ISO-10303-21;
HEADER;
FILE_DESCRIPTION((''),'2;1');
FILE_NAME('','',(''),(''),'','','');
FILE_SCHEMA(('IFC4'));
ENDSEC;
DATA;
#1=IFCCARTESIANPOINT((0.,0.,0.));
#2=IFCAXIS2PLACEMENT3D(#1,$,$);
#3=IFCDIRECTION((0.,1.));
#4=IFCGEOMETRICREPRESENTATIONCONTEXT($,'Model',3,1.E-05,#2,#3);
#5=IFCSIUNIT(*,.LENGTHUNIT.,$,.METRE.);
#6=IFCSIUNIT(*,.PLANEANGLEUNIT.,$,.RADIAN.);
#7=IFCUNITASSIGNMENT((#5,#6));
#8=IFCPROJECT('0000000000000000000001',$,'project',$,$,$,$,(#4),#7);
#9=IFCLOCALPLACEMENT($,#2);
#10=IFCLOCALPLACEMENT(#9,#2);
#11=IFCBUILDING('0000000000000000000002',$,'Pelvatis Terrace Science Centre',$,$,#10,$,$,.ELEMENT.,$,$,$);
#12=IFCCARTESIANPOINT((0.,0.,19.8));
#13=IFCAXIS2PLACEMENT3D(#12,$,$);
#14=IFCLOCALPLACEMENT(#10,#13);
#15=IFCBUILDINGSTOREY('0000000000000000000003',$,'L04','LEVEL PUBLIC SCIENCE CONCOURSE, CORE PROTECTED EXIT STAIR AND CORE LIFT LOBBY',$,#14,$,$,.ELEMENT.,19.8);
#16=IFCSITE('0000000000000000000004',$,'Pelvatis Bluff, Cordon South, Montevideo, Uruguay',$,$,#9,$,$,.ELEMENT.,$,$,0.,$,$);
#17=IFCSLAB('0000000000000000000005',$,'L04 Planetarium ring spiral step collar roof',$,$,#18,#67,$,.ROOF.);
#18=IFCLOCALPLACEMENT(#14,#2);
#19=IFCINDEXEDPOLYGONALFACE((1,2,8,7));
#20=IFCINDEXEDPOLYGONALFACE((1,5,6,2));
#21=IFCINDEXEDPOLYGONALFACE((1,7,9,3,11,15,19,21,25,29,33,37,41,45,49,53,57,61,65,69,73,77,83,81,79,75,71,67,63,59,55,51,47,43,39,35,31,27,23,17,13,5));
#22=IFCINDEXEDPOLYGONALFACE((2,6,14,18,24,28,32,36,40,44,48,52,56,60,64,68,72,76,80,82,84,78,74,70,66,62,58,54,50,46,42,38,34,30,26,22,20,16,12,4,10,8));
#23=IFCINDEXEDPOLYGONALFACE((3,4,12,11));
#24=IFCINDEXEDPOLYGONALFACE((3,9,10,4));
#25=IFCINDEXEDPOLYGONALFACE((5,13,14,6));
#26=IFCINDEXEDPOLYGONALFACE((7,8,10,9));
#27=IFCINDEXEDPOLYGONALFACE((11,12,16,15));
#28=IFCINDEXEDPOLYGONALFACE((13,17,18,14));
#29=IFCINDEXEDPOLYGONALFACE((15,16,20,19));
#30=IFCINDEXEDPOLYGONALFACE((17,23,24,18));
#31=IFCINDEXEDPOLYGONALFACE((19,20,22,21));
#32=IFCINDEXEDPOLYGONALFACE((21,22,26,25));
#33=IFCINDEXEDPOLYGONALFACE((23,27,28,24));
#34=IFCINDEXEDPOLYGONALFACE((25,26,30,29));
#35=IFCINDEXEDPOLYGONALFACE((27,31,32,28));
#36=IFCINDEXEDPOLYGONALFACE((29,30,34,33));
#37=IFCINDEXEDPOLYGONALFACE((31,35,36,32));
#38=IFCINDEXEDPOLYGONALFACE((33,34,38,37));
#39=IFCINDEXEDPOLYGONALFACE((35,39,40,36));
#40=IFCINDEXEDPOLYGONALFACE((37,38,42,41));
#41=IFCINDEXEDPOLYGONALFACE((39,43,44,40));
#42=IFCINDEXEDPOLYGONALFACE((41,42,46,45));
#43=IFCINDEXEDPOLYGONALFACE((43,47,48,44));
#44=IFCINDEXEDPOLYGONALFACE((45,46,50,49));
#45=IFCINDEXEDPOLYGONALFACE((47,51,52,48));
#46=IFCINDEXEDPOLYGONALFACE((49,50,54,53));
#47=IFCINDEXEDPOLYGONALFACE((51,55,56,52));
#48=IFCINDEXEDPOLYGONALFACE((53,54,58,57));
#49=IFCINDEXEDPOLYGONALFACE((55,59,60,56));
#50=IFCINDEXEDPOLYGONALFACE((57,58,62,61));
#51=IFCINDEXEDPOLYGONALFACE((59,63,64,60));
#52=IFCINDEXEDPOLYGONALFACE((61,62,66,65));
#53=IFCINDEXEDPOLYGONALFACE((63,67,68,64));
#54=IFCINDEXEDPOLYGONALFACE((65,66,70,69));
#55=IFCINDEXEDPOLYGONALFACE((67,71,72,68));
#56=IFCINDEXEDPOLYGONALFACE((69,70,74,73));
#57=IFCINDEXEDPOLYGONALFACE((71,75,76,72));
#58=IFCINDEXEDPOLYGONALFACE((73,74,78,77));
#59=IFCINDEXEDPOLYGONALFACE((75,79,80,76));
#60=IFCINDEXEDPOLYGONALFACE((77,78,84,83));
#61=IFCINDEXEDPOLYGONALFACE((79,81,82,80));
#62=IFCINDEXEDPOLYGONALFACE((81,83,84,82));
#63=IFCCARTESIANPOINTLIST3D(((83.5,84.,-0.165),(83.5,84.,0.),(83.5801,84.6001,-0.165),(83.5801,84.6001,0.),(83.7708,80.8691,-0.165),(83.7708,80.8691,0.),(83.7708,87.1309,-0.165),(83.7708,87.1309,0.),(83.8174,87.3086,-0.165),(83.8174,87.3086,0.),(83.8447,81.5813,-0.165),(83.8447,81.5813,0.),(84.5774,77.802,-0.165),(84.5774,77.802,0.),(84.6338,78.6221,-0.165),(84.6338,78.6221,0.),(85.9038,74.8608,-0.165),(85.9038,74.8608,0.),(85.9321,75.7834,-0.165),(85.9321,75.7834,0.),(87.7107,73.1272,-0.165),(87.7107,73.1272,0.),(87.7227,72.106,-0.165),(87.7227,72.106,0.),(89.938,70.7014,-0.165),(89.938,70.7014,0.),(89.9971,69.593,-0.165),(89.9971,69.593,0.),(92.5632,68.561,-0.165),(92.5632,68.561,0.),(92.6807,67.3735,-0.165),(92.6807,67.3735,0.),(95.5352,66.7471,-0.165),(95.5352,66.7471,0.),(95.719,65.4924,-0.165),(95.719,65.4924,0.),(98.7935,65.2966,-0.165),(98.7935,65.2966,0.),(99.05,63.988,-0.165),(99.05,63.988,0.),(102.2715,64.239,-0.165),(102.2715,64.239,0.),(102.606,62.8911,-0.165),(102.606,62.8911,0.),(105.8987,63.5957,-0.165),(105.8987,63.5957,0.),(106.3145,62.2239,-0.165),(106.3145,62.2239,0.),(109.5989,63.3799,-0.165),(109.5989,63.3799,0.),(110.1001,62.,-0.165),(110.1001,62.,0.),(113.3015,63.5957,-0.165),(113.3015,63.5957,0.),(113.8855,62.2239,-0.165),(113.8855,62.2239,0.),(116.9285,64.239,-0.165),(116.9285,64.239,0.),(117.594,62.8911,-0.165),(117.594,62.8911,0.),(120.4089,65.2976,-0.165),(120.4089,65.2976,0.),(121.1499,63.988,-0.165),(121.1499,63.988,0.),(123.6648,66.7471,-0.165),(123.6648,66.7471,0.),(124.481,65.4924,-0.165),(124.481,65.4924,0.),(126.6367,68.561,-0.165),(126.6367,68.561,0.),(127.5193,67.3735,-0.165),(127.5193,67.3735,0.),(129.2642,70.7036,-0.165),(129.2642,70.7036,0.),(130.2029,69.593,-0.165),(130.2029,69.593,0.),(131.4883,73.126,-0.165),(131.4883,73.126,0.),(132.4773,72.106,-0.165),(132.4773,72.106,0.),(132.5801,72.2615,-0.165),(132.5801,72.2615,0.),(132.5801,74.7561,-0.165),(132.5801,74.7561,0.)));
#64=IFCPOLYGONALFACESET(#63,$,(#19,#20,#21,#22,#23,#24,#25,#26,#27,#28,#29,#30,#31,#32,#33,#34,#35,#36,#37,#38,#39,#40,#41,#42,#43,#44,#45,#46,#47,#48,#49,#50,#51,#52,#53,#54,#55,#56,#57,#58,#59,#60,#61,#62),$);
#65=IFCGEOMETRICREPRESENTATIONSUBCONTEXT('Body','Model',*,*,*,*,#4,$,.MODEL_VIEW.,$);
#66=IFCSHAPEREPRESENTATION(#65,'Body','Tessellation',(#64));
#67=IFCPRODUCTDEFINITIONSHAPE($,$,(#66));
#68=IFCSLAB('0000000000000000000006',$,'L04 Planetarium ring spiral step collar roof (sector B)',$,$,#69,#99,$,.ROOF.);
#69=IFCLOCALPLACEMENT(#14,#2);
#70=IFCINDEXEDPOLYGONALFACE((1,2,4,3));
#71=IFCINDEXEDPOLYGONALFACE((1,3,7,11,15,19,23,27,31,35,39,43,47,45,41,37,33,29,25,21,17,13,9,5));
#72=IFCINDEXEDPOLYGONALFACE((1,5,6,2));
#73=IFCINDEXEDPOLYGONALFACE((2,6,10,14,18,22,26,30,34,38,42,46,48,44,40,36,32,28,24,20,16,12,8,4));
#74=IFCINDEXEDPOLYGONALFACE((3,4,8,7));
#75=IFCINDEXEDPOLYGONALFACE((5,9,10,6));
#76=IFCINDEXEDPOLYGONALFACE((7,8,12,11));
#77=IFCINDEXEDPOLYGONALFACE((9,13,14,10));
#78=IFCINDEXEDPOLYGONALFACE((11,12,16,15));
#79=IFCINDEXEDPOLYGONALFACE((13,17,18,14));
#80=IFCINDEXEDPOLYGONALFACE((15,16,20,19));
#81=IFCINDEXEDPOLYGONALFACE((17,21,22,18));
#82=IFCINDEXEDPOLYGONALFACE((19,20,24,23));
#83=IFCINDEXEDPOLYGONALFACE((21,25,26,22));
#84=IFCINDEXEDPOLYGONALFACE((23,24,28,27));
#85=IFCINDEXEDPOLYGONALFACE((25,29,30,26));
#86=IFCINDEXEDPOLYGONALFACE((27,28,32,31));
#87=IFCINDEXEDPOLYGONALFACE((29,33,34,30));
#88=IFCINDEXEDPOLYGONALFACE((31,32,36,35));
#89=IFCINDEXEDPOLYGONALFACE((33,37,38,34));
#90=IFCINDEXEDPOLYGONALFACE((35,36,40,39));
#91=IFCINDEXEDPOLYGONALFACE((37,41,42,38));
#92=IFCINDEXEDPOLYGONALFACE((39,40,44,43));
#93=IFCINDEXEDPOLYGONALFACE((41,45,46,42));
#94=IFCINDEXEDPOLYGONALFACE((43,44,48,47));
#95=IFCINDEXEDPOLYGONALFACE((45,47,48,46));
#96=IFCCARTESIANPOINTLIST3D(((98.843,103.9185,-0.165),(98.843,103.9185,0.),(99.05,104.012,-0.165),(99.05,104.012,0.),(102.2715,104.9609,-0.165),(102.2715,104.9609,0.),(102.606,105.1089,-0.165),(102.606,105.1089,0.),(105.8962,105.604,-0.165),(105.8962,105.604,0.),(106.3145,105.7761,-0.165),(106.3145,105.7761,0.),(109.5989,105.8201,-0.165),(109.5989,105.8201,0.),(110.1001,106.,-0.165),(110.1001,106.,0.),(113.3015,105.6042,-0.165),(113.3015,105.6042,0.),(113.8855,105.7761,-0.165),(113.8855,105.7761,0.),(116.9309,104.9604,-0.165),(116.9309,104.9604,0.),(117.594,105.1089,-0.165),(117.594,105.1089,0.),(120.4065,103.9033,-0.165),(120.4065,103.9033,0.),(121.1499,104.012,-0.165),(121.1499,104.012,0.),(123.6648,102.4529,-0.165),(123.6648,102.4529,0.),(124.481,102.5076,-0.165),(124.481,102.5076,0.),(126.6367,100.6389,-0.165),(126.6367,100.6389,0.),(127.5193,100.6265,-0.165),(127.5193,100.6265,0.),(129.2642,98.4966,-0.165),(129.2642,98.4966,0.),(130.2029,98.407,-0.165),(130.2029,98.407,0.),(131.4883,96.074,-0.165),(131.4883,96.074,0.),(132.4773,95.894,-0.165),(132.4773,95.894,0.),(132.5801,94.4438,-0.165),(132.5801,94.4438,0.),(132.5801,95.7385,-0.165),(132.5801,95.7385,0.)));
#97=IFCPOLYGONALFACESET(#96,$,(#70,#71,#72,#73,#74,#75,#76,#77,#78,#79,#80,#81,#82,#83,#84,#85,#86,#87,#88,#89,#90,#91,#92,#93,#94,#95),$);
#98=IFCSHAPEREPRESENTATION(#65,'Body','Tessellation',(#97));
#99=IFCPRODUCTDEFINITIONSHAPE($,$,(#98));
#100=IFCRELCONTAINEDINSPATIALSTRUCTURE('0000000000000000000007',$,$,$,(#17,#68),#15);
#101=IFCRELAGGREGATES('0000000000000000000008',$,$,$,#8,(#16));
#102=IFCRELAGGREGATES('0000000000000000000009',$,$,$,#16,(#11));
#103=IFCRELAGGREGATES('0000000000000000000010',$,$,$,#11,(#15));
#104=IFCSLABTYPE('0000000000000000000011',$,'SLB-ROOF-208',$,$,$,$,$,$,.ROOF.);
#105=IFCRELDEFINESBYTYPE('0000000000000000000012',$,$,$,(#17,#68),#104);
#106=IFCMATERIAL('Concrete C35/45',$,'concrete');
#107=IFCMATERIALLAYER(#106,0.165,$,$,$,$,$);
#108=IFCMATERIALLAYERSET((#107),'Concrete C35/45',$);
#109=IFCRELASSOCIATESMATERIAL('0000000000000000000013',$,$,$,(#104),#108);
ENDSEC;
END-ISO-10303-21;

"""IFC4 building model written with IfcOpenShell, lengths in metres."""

from ifc_helpers import new_model, si_unit, direction, frame, origin, place, context, subcontext, project, spatial, polyline, outline, extrude, material, layer, layer_set, type_object, element, save


model = new_model("IFC4")

# Units and contexts
model_context = context("Model", 3, precision=1e-05, world=origin(), true_north=direction((0.0, 1.0)))
body_context = subcontext(model_context, "Body", "Model", "MODEL_VIEW")
ifc_project = project(units=[si_unit("LENGTHUNIT", "METRE"), si_unit("PLANEANGLEUNIT", "RADIAN")], contexts=[model_context])

# Site, building, storey
site_placement = place(None, origin())
site = spatial("IfcSite", under=ifc_project, at=site_placement, Name="Pelvatis Bluff, Cordon South, Montevideo, Uruguay", CompositionType="ELEMENT", RefElevation=0.0)
building_placement = place(site_placement, origin())
building = spatial("IfcBuilding", under=site, at=building_placement, Name="Pelvatis Terrace Science Centre", CompositionType="ELEMENT")
storey_placement = place(building_placement, frame((0.0, 0.0, 19.8)))
storey = spatial("IfcBuildingStorey", under=building, at=storey_placement, Name="L04", Description="LEVEL PUBLIC SCIENCE CONCOURSE, CORE PROTECTED EXIT STAIR AND CORE LIFT LOBBY", CompositionType="ELEMENT", Elevation=19.8)

# Slabs
ifc_material_1 = material(Name="Concrete C35/45", Category="concrete")
ifc_layer_1 = layer(ifc_material_1, 0.165)
ifc_layer_set_1 = layer_set([ifc_layer_1], Name="Concrete C35/45")
slab_type_1 = type_object("IfcSlabType", Name="SLB-ROOF-208", PredefinedType="ROOF", material=ifc_layer_set_1)
slab_1_placement = place(storey_placement, frame((0.0, 0.0, -0.165)))
element("IfcSlab", 1, at=slab_1_placement, inside=storey, type_object=slab_type_1, Name="L04 Planetarium ring spiral step collar roof", PredefinedType="ROOF", context=body_context, shape_type="SweptSolid", body=[
    extrude(outline(polyline([(132.4773, 72.106), (130.2029, 69.593), (127.5193, 67.3735), (124.481, 65.4924), (121.1499, 63.988), (117.594, 62.8911), (113.8855, 62.2239), (110.1001, 62.0), (106.3145, 62.2239), (102.606, 62.8911), (99.05, 63.988), (95.719, 65.4924), (92.6807, 67.3735), (89.9971, 69.593), (87.7227, 72.106), (85.9038, 74.8608), (84.5774, 77.802), (83.7708, 80.8691), (83.5, 84.0), (83.7708, 87.1309), (83.8174, 87.3086), (83.5801, 84.6001), (83.8447, 81.5813), (84.6338, 78.6221), (85.9321, 75.7834), (87.7107, 73.1272), (89.938, 70.7014), (92.5632, 68.561), (95.5352, 66.7471), (98.7935, 65.2966), (102.2715, 64.239), (105.8987, 63.5957), (109.5989, 63.3799), (113.3015, 63.5957), (116.9285, 64.239), (120.4089, 65.2976), (123.6648, 66.7471), (126.6367, 68.561), (129.2642, 70.7036), (131.4883, 73.126), (132.5801, 74.7561), (132.5801, 72.2615), (132.4773, 72.106)])), origin(), (0.0, 0.0, 1.0), 0.165),
])
slab_2_placement = place(storey_placement, frame((0.0, 0.0, -0.165)))
element("IfcSlab", 2, at=slab_2_placement, inside=storey, type_object=slab_type_1, Name="L04 Planetarium ring spiral step collar roof (sector B)", PredefinedType="ROOF", context=body_context, shape_type="SweptSolid", body=[
    extrude(outline(polyline([(99.05, 104.012), (102.606, 105.1089), (106.3145, 105.7761), (110.1001, 106.0), (113.8855, 105.7761), (117.594, 105.1089), (121.1499, 104.012), (124.481, 102.5076), (127.5193, 100.6265), (130.2029, 98.407), (132.4773, 95.894), (132.5801, 95.7385), (132.5801, 94.4438), (131.4883, 96.074), (129.2642, 98.4966), (126.6367, 100.6389), (123.6648, 102.4529), (120.4065, 103.9033), (116.9309, 104.9604), (113.3015, 105.6042), (109.5989, 105.8201), (105.8962, 105.604), (102.2715, 104.9609), (98.843, 103.9185), (99.05, 104.012)])), origin(), (0.0, 0.0, 1.0), 0.165),
])

save(model, "model.ifc")
